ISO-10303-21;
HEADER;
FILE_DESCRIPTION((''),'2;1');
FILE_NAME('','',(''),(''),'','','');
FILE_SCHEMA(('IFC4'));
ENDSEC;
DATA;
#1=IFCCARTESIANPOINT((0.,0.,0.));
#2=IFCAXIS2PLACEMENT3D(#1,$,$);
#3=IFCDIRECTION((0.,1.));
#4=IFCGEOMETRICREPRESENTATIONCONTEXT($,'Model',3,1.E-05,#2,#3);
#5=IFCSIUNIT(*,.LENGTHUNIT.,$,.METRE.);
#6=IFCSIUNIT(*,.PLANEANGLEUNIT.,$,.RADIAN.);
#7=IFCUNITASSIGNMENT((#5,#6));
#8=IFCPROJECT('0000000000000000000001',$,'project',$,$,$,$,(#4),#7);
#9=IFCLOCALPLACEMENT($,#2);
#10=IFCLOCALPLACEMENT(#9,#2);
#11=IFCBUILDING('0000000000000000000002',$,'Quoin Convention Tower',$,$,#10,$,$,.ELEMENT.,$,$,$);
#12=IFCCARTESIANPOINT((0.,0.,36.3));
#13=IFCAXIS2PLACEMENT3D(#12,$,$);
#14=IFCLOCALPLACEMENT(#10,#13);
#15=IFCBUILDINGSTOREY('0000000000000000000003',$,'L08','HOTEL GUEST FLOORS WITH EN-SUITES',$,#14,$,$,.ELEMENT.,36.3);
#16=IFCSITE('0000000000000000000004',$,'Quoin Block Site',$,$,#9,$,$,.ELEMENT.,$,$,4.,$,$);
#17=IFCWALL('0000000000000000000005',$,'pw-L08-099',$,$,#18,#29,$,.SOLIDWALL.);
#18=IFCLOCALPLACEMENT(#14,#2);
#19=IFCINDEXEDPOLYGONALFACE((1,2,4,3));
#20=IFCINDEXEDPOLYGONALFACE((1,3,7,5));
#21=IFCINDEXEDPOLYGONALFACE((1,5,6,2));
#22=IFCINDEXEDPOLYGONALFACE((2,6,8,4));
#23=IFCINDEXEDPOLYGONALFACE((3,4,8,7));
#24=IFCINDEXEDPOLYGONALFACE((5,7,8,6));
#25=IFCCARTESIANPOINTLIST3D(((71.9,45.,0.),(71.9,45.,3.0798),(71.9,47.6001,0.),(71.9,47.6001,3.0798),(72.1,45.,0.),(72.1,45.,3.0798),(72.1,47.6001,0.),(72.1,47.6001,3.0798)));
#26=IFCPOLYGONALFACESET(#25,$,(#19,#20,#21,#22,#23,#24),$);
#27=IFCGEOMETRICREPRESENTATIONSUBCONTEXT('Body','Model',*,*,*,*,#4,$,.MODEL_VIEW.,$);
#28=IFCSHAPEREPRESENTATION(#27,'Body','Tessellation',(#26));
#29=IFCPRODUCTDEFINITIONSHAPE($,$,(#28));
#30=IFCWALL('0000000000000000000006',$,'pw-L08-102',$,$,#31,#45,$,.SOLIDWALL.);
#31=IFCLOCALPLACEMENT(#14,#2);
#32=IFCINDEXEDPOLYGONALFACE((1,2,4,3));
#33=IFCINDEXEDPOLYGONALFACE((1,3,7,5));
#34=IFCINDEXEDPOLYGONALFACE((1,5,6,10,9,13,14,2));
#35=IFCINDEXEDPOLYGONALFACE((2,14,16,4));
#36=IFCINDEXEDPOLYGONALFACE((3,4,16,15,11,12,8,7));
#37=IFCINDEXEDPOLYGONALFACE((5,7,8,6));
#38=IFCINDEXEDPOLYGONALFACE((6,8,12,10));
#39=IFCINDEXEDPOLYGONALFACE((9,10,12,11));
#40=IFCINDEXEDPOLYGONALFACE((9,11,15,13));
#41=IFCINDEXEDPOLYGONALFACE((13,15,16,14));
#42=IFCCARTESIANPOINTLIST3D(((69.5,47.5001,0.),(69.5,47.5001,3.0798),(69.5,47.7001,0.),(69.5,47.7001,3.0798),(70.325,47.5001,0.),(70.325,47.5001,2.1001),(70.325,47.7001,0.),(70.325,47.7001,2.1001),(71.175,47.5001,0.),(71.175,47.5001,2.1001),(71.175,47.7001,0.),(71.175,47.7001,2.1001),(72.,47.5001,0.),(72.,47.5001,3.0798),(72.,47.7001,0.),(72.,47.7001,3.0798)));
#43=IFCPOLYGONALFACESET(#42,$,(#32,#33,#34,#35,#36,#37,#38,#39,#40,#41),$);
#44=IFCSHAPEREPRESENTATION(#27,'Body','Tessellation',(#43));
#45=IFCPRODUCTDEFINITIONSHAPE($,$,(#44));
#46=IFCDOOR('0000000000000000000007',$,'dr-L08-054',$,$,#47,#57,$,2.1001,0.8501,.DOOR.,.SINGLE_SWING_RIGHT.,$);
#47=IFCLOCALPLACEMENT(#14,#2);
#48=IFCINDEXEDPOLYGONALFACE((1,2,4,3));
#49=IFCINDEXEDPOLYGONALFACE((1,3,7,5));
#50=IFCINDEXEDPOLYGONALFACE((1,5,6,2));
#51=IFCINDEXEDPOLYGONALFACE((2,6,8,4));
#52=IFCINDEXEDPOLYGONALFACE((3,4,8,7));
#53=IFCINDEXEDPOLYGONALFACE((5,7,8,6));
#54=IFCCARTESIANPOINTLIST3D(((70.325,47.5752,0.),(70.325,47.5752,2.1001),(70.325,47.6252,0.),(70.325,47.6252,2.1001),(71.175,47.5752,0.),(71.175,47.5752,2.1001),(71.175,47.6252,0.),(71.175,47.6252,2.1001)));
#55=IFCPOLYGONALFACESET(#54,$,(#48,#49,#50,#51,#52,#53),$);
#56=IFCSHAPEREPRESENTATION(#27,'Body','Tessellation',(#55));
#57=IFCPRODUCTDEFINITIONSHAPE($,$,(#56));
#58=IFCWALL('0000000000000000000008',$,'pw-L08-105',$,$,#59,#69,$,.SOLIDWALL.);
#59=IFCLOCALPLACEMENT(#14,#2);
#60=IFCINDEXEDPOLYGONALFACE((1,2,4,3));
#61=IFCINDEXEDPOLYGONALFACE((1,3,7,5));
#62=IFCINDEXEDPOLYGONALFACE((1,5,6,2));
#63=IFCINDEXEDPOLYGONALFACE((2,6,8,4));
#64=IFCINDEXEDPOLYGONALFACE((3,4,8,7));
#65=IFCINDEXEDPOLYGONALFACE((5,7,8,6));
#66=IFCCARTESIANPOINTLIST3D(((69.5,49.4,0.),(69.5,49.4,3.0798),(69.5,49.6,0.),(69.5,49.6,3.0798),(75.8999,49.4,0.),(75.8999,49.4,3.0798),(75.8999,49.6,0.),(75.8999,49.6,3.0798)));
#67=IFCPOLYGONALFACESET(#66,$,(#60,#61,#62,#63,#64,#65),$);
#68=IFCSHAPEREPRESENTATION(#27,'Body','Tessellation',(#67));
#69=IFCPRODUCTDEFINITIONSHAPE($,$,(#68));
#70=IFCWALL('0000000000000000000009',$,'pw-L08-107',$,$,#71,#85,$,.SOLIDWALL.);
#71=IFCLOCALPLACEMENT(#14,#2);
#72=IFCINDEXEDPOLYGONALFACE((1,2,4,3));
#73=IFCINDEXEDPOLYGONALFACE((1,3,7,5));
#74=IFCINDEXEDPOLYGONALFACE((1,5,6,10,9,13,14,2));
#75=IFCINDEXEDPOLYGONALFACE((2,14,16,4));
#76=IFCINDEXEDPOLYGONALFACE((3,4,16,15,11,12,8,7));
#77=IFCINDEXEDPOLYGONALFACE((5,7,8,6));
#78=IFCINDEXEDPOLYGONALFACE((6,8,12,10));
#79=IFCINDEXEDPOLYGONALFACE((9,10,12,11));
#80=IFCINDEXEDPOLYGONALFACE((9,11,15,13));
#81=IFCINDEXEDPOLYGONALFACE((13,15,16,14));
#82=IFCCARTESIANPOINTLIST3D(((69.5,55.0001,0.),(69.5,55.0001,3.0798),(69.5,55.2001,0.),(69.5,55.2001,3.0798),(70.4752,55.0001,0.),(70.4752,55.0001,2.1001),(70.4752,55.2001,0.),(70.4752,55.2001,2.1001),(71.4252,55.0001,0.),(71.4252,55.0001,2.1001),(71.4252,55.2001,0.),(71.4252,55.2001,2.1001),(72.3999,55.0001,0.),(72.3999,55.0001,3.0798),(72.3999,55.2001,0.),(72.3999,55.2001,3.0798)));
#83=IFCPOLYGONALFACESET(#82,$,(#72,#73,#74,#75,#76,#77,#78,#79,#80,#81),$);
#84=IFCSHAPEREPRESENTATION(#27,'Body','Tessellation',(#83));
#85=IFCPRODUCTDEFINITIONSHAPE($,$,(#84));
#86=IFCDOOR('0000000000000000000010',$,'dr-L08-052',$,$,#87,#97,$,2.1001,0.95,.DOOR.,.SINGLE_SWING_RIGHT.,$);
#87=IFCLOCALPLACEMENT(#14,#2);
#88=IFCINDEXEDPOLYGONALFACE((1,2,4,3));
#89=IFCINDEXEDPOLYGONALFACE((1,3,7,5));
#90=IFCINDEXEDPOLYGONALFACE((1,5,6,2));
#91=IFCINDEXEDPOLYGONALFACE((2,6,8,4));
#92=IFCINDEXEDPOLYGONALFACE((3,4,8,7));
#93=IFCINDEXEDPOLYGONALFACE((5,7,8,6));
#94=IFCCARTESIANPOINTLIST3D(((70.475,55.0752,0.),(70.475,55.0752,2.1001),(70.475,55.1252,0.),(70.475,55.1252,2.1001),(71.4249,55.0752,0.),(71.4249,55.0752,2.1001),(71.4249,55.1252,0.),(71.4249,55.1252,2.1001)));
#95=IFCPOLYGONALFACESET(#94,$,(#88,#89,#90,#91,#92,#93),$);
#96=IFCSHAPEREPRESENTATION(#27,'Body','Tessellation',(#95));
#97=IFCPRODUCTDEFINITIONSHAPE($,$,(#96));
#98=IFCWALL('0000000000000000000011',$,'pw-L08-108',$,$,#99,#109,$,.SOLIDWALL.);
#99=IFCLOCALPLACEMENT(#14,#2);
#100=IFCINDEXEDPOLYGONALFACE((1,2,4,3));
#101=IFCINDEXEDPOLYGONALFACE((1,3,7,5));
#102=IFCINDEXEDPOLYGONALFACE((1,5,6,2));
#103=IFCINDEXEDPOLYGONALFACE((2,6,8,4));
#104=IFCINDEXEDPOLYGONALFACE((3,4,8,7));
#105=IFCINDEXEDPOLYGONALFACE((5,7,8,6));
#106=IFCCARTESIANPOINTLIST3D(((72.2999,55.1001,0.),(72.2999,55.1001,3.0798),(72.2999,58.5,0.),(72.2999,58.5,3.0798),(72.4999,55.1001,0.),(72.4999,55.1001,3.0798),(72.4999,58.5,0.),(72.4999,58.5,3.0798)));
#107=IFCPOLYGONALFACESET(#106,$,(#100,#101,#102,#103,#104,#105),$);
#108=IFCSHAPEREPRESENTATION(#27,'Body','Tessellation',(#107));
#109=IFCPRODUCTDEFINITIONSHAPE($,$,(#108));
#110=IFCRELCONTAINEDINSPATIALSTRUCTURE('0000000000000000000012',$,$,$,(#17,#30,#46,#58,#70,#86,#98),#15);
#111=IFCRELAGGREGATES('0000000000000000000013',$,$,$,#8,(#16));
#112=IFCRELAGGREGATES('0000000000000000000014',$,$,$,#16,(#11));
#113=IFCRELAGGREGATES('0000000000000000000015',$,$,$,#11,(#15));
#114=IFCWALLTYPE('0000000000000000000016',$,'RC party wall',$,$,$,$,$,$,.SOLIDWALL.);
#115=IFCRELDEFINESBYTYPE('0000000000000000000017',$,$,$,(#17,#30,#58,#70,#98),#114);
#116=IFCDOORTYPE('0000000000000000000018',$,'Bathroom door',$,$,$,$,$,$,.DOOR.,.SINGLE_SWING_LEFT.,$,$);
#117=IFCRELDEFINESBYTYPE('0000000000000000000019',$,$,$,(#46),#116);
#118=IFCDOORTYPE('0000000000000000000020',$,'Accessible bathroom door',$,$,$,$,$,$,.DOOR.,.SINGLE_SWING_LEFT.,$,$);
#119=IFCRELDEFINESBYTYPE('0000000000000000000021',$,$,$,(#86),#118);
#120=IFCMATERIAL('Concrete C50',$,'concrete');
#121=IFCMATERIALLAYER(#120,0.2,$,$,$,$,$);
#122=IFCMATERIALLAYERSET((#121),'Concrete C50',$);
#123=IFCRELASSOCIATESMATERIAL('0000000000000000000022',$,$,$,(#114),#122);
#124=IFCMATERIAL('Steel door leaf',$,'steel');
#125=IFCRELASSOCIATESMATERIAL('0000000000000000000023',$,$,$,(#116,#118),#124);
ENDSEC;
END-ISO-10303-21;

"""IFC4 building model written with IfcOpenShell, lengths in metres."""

from ifc_helpers import new_model, si_unit, direction, frame, frame_2d, origin, place, context, subcontext, project, spatial, rectangle, extrude, material, layer, layer_set, type_object, element, fill, save


model = new_model("IFC4")

# Units and contexts
model_context = context("Model", 3, precision=1e-05, world=origin(), true_north=direction((0.0, 1.0)))
body_context = subcontext(model_context, "Body", "Model", "MODEL_VIEW")
ifc_project = project(units=[si_unit("LENGTHUNIT", "METRE"), si_unit("PLANEANGLEUNIT", "RADIAN")], contexts=[model_context])

# Site, building, storey
site_placement = place(None, origin())
site = spatial("IfcSite", under=ifc_project, at=site_placement, Name="Quoin Block Site", CompositionType="ELEMENT", RefElevation=4.0)
building_placement = place(site_placement, origin())
building = spatial("IfcBuilding", under=site, at=building_placement, Name="Quoin Convention Tower", CompositionType="ELEMENT")
storey_placement = place(building_placement, frame((0.0, 0.0, 36.3)))
storey = spatial("IfcBuildingStorey", under=building, at=storey_placement, Name="L08", Description="HOTEL GUEST FLOORS WITH EN-SUITES", CompositionType="ELEMENT", Elevation=36.3)

# Shared definitions
ifc_material_1 = material(Name="Concrete C50", Category="concrete")

# Shared definitions
ifc_material_2 = material(Name="Steel door leaf", Category="steel")

# Wall
ifc_layer_1 = layer(ifc_material_1, 0.2)
ifc_layer_set_1 = layer_set([ifc_layer_1], Name="Concrete C50")
wall_type_1 = type_object("IfcWallType", Name="RC party wall", PredefinedType="SOLIDWALL", material=ifc_layer_set_1)
wall_1_placement = place(storey_placement, frame((72.0, 45.0, 0.0), z_axis=(0.0, 0.0, 1.0), x_axis=(0.0, 1.0, 0.0)))
element("IfcWall", 1, at=wall_1_placement, inside=storey, type_object=wall_type_1, Name="pw-L08-099", PredefinedType="SOLIDWALL", context=body_context, shape_type="SweptSolid", body=[
    extrude(rectangle(XDim=2.6001, YDim=0.2, at=frame_2d((1.3, 0.0))), origin(), (0.0, 0.0, 1.0), 3.0798),
])

# Wall, opening, door
wall_2_placement = place(storey_placement, frame((69.5, 47.6001, 0.0), z_axis=(0.0, 0.0, 1.0), x_axis=(1.0, 0.0, 0.0)))
wall_2 = element("IfcWall", 2, at=wall_2_placement, inside=storey, type_object=wall_type_1, Name="pw-L08-102", PredefinedType="SOLIDWALL", context=body_context, shape_type="SweptSolid", body=[
    extrude(rectangle(XDim=2.5, YDim=0.2, at=frame_2d((1.25, 0.0))), origin(), (0.0, 0.0, 1.0), 3.0798),
])
opening_1_placement = place(wall_2_placement, frame((0.825, 0.0, 0.0)))
opening_1 = element("IfcOpeningElement", 3, at=opening_1_placement, cuts=wall_2, PredefinedType="OPENING", context=body_context, shape_type="SweptSolid", body=[
    extrude(rectangle(XDim=0.8501, YDim=2.1001, at=frame_2d((0.425, 1.05))), frame((0.0, 0.1099, 0.0), z_axis=(0.0, -1.0, 0.0), x_axis=(1.0, 0.0, 0.0)), (0.0, 0.0, 1.0), 0.22),
])
door_type_1 = type_object("IfcDoorType", Name="Bathroom door", OperationType="SINGLE_SWING_LEFT", PredefinedType="DOOR", material=ifc_material_2)
door_1_placement = place(opening_1_placement, frame((0.8501, 0.0, 0.0), z_axis=(0.0, 0.0, 1.0), x_axis=(-1.0, 0.0, 0.0)))
door_1 = element("IfcDoor", 4, at=door_1_placement, inside=storey, type_object=door_type_1, Name="dr-L08-054", OperationType="SINGLE_SWING_RIGHT", OverallHeight=2.1001, OverallWidth=0.8501, PredefinedType="DOOR", context=body_context, shape_type="SweptSolid", body=[
    extrude(rectangle(XDim=0.8501, YDim=2.1001, at=frame_2d((0.425, 1.05))), frame((0.0, 0.0249, 0.0), z_axis=(0.0, -1.0, 0.0), x_axis=(1.0, 0.0, 0.0)), (0.0, 0.0, 1.0), 0.05),
])
fill(opening_1, door_1)

# Wall
wall_3_placement = place(storey_placement, frame((69.5, 49.5, 0.0), z_axis=(0.0, 0.0, 1.0), x_axis=(1.0, 0.0, 0.0)))
element("IfcWall", 5, at=wall_3_placement, inside=storey, type_object=wall_type_1, Name="pw-L08-105", PredefinedType="SOLIDWALL", context=body_context, shape_type="SweptSolid", body=[
    extrude(rectangle(XDim=6.3999, YDim=0.2, at=frame_2d((3.2, 0.0))), origin(), (0.0, 0.0, 1.0), 3.0798),
])

# Wall, opening, door
wall_4_placement = place(storey_placement, frame((69.5, 55.1001, 0.0), z_axis=(0.0, 0.0, 1.0), x_axis=(1.0, 0.0, 0.0)))
wall_4 = element("IfcWall", 6, at=wall_4_placement, inside=storey, type_object=wall_type_1, Name="pw-L08-107", PredefinedType="SOLIDWALL", context=body_context, shape_type="SweptSolid", body=[
    extrude(rectangle(XDim=2.8999, YDim=0.2, at=frame_2d((1.45, 0.0))), origin(), (0.0, 0.0, 1.0), 3.0798),
])
opening_2_placement = place(wall_4_placement, frame((0.9751, 0.0, 0.0)))
opening_2 = element("IfcOpeningElement", 7, at=opening_2_placement, cuts=wall_4, PredefinedType="OPENING", context=body_context, shape_type="SweptSolid", body=[
    extrude(rectangle(XDim=0.95, YDim=2.1001, at=frame_2d((0.4751, 1.05))), frame((0.0, 0.1099, 0.0), z_axis=(0.0, -1.0, 0.0), x_axis=(1.0, 0.0, 0.0)), (0.0, 0.0, 1.0), 0.22),
])
door_type_2 = type_object("IfcDoorType", Name="Accessible bathroom door", OperationType="SINGLE_SWING_LEFT", PredefinedType="DOOR", material=ifc_material_2)
door_2_placement = place(opening_2_placement, frame((0.95, 0.0, 0.0), z_axis=(0.0, 0.0, 1.0), x_axis=(-1.0, 0.0, 0.0)))
door_2 = element("IfcDoor", 8, at=door_2_placement, inside=storey, type_object=door_type_2, Name="dr-L08-052", OperationType="SINGLE_SWING_RIGHT", OverallHeight=2.1001, OverallWidth=0.95, PredefinedType="DOOR", context=body_context, shape_type="SweptSolid", body=[
    extrude(rectangle(XDim=0.95, YDim=2.1001, at=frame_2d((0.4751, 1.05))), frame((0.0, 0.0249, 0.0), z_axis=(0.0, -1.0, 0.0), x_axis=(1.0, 0.0, 0.0)), (0.0, 0.0, 1.0), 0.05),
])
fill(opening_2, door_2)

# Wall
wall_5_placement = place(storey_placement, frame((72.3999, 55.1001, 0.0), z_axis=(0.0, 0.0, 1.0), x_axis=(0.0, 1.0, 0.0)))
element("IfcWall", 9, at=wall_5_placement, inside=storey, type_object=wall_type_1, Name="pw-L08-108", PredefinedType="SOLIDWALL", context=body_context, shape_type="SweptSolid", body=[
    extrude(rectangle(XDim=3.3999, YDim=0.2, at=frame_2d((1.7, 0.0))), origin(), (0.0, 0.0, 1.0), 3.0798),
])

save(model, "model.ifc")
